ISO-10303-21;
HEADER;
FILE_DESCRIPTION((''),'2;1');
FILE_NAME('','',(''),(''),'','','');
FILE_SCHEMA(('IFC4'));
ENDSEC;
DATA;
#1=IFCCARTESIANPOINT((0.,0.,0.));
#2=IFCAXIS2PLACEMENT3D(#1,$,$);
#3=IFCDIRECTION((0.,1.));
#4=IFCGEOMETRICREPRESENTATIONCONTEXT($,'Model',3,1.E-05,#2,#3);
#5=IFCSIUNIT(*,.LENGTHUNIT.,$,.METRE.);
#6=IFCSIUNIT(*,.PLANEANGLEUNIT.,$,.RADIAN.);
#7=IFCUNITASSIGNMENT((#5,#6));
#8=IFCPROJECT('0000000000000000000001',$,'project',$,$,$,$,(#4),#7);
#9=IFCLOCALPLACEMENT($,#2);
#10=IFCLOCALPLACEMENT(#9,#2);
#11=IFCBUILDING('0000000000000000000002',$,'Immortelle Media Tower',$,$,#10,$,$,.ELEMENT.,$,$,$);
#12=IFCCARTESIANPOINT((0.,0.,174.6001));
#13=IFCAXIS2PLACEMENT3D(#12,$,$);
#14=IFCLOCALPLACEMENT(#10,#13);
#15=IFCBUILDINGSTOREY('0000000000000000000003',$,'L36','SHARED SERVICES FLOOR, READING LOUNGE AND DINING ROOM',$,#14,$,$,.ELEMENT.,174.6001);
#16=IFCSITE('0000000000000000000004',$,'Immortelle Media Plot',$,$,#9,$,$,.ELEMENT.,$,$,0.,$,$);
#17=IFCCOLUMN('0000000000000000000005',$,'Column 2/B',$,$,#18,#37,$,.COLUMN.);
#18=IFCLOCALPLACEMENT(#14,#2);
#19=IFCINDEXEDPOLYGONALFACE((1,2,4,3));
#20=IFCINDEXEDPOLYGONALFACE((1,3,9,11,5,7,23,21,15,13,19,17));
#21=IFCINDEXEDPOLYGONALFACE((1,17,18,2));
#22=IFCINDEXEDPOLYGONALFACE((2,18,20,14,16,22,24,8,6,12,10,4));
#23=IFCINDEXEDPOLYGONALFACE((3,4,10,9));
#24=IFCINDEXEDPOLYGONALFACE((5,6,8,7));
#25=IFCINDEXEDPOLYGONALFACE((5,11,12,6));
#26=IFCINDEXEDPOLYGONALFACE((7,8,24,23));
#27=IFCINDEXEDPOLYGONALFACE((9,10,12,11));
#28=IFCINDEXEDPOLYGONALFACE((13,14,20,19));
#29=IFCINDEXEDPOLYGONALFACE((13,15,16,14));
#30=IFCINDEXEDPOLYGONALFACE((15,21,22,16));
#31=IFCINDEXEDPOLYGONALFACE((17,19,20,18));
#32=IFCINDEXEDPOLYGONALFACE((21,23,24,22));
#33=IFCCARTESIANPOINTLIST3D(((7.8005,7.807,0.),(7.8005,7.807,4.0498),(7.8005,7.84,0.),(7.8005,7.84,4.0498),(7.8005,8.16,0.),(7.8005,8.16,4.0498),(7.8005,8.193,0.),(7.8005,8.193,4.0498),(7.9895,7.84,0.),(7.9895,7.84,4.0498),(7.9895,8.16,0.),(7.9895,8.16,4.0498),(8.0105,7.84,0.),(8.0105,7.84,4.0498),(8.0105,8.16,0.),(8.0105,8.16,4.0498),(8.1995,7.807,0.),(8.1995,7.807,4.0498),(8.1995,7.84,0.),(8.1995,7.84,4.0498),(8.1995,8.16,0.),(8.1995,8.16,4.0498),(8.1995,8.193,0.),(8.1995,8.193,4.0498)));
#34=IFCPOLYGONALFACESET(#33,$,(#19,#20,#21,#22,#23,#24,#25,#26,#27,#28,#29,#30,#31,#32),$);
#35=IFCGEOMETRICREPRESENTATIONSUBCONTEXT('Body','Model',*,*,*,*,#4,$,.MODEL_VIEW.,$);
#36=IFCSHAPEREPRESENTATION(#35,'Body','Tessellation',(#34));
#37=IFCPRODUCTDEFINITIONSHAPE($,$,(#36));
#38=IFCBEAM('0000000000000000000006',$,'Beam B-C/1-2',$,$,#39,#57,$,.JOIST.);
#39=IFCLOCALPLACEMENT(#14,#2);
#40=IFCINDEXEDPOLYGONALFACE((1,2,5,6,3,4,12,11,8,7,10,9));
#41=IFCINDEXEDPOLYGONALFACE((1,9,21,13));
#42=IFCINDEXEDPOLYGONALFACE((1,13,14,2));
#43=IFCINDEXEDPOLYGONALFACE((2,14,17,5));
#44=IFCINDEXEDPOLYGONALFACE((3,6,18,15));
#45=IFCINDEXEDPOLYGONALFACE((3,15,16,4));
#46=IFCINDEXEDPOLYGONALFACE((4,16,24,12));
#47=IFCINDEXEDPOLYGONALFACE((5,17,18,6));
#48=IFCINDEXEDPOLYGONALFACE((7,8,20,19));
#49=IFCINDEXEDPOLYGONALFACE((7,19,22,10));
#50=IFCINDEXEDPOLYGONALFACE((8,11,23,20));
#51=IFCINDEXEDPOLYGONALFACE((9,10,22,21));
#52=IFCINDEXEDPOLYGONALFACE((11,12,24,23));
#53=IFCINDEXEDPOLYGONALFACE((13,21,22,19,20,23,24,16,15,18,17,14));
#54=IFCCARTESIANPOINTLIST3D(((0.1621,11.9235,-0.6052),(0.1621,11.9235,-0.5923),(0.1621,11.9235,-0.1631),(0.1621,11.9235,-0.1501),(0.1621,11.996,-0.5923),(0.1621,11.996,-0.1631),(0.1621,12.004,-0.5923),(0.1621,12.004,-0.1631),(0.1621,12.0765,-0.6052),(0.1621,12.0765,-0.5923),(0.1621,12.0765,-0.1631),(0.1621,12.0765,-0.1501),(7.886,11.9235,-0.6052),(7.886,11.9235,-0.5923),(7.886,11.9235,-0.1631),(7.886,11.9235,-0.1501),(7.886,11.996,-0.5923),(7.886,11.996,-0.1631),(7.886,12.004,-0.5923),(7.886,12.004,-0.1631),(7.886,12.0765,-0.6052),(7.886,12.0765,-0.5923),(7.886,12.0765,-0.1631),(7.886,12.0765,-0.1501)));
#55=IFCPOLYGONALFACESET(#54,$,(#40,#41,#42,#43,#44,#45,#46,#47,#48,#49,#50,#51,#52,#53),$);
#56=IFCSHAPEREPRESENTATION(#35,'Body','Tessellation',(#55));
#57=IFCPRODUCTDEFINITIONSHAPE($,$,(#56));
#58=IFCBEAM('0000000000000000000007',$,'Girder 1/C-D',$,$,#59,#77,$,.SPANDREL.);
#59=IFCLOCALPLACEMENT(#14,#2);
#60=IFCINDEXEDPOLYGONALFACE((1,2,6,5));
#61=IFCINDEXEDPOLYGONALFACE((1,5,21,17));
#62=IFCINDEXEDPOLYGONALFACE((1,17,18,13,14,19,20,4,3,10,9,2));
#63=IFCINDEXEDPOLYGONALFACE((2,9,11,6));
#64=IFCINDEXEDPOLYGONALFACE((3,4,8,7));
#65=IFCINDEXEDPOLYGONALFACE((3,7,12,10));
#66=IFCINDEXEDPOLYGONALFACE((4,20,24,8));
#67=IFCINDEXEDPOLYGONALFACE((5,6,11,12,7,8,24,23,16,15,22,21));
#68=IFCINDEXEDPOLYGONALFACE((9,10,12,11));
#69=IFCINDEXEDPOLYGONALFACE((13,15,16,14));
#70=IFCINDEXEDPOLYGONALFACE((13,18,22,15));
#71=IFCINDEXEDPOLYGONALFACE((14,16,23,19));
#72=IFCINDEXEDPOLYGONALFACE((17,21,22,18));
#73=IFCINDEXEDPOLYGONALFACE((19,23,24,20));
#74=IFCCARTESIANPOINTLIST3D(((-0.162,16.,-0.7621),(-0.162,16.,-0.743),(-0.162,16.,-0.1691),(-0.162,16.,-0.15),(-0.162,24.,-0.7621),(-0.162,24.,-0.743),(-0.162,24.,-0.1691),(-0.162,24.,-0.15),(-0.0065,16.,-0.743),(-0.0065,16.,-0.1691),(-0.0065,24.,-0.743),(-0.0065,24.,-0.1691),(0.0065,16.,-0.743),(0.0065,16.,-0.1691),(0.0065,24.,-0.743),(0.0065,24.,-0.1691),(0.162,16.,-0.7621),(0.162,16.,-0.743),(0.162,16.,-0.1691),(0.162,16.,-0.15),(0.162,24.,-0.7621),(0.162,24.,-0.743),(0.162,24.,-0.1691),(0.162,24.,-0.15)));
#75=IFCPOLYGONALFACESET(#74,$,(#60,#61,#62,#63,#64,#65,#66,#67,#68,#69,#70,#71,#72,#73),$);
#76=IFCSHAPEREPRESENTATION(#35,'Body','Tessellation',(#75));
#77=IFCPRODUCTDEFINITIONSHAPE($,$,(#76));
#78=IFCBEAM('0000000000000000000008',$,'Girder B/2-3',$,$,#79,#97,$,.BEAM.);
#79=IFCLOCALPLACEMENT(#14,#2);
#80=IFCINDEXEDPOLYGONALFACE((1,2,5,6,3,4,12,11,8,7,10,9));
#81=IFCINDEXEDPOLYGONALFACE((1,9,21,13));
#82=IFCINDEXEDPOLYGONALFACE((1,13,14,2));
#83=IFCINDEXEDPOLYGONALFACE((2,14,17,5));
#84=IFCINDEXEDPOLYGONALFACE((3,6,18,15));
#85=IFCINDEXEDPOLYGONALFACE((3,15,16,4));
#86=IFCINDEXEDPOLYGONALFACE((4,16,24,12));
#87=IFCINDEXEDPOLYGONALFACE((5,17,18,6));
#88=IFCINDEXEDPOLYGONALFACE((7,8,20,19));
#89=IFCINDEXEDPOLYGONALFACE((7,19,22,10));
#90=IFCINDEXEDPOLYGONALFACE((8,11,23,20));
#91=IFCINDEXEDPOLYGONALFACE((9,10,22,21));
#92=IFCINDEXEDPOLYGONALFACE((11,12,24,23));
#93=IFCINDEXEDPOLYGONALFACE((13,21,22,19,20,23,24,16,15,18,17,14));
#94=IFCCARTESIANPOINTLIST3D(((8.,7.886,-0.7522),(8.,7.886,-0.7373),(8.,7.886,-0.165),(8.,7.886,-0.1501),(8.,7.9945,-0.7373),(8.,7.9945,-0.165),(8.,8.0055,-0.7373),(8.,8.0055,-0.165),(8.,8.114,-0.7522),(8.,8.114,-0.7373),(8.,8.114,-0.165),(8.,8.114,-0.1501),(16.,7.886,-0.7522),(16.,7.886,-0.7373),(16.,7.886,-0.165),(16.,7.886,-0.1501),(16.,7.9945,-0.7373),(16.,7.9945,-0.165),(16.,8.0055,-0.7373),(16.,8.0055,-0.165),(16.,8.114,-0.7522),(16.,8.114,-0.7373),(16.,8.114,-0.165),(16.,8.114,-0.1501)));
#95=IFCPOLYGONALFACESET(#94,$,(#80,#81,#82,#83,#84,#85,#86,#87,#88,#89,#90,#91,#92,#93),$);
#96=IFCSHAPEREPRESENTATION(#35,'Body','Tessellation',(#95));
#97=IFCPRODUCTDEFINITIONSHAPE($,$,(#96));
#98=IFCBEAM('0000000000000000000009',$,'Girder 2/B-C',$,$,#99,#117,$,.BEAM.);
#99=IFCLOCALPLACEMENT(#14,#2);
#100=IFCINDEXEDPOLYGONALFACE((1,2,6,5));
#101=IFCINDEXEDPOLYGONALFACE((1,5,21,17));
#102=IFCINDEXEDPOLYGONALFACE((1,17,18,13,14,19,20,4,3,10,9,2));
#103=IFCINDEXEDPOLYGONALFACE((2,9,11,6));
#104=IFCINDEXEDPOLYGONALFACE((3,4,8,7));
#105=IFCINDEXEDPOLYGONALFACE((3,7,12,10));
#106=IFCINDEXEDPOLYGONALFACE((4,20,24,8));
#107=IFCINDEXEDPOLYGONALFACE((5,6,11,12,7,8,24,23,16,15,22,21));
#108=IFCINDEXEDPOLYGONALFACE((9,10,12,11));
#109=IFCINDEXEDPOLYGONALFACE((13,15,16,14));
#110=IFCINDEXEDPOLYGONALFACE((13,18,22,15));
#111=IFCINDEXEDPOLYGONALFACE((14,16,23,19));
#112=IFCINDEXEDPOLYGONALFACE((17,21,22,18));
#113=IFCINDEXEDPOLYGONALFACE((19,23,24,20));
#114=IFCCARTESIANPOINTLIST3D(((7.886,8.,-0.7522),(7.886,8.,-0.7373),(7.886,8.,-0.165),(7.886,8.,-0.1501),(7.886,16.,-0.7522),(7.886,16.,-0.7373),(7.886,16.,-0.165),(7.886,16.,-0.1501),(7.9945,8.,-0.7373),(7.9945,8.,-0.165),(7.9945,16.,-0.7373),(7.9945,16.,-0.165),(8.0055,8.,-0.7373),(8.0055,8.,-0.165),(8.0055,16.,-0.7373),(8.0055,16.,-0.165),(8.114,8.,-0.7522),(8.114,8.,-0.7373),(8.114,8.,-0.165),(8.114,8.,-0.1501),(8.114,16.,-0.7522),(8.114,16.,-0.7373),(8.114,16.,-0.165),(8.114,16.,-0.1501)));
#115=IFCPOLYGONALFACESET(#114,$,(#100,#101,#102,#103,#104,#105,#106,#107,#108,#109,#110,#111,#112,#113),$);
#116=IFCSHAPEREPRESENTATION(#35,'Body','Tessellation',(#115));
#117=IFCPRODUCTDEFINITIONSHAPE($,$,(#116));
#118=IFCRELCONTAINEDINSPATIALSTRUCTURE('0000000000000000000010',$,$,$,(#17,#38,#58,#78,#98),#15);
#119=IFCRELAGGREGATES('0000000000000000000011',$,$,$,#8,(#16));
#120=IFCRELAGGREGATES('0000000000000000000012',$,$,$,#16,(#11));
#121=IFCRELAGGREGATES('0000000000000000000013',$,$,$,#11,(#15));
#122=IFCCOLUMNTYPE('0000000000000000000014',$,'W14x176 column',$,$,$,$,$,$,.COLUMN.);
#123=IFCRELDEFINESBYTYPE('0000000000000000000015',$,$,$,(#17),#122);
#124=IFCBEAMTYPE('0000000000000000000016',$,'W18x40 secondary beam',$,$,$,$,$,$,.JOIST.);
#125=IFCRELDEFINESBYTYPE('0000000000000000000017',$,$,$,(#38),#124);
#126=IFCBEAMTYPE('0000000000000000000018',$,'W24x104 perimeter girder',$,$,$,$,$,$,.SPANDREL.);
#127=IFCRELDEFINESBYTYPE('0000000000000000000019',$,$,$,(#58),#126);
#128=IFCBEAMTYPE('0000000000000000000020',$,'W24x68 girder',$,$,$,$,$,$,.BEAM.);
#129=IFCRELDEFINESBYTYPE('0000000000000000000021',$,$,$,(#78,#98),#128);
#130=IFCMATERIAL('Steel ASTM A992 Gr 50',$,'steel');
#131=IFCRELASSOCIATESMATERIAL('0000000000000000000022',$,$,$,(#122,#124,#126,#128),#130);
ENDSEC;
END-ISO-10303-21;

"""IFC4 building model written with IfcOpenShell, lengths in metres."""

from ifc_helpers import new_model, si_unit, direction, frame, origin, origin_2d, place, context, subcontext, project, spatial, i_section, extrude, material, material_profile, profile_set, type_object, element, save


model = new_model("IFC4")

# Units and contexts
model_context = context("Model", 3, precision=1e-05, world=origin(), true_north=direction((0.0, 1.0)))
body_context = subcontext(model_context, "Body", "Model", "MODEL_VIEW")
ifc_project = project(units=[si_unit("LENGTHUNIT", "METRE"), si_unit("PLANEANGLEUNIT", "RADIAN")], contexts=[model_context])

# Site, building, storey
site_placement = place(None, origin())
site = spatial("IfcSite", under=ifc_project, at=site_placement, Name="Immortelle Media Plot", CompositionType="ELEMENT", RefElevation=0.0)
building_placement = place(site_placement, origin())
building = spatial("IfcBuilding", under=site, at=building_placement, Name="Immortelle Media Tower", CompositionType="ELEMENT")
storey_placement = place(building_placement, frame((0.0, 0.0, 174.6001)))
storey = spatial("IfcBuildingStorey", under=building, at=storey_placement, Name="L36", Description="SHARED SERVICES FLOOR, READING LOUNGE AND DINING ROOM", CompositionType="ELEMENT", Elevation=174.6001)

# Column
ifc_material_1 = material(Name="Steel ASTM A992 Gr 50", Category="steel")
ifc_material_profile_1 = material_profile(ifc_material_1, i_section(OverallWidth=0.3989, OverallDepth=0.386, WebThickness=0.021, FlangeThickness=0.033, at=origin_2d()), Name="W14x176")
ifc_profile_set_1 = profile_set([ifc_material_profile_1], Name="Steel ASTM A992 Gr 50")
column_type = type_object("IfcColumnType", Name="W14x176 column", PredefinedType="COLUMN", material=ifc_profile_set_1)
column_placement = place(storey_placement, frame((8.0, 8.0, 0.0), z_axis=(0.0, 0.0, 1.0), x_axis=(1.0, 0.0, 0.0)))
element("IfcColumn", 1, at=column_placement, inside=storey, type_object=column_type, Name="Column 2/B", PredefinedType="COLUMN", context=body_context, shape_type="SweptSolid", body=[
    extrude(i_section(OverallWidth=0.3989, OverallDepth=0.386, WebThickness=0.021, FlangeThickness=0.033, at=origin_2d()), origin(), (0.0, 0.0, 1.0), 4.0498),
])

# Beams
ifc_material_profile_2 = material_profile(ifc_material_1, i_section(OverallWidth=0.1531, OverallDepth=0.4551, WebThickness=0.0081, FlangeThickness=0.0129, at=origin_2d()), Name="W18x40")
ifc_profile_set_2 = profile_set([ifc_material_profile_2], Name="Steel ASTM A992 Gr 50")
beam_type_1 = type_object("IfcBeamType", Name="W18x40 secondary beam", PredefinedType="JOIST", material=ifc_profile_set_2)
beam_1_placement = place(storey_placement, frame((0.1621, 12.0, -0.3777), z_axis=(1.0, 0.0, 0.0), x_axis=(0.0, 1.0, 0.0)))
element("IfcBeam", 2, at=beam_1_placement, inside=storey, type_object=beam_type_1, Name="Beam B-C/1-2", PredefinedType="JOIST", context=body_context, shape_type="SweptSolid", body=[
    extrude(i_section(OverallWidth=0.1531, OverallDepth=0.4551, WebThickness=0.0081, FlangeThickness=0.0129, at=origin_2d()), origin(), (0.0, 0.0, 1.0), 7.7239),
])
ifc_material_profile_3 = material_profile(ifc_material_1, i_section(OverallWidth=0.324, OverallDepth=0.6121, WebThickness=0.0129, FlangeThickness=0.019, at=origin_2d()), Name="W24x104")
ifc_profile_set_3 = profile_set([ifc_material_profile_3], Name="Steel ASTM A992 Gr 50")
beam_type_2 = type_object("IfcBeamType", Name="W24x104 perimeter girder", PredefinedType="SPANDREL", material=ifc_profile_set_3)
beam_2_placement = place(storey_placement, frame((0.0, 16.0, -0.4561), z_axis=(0.0, 1.0, 0.0), x_axis=(-1.0, 0.0, 0.0)))
element("IfcBeam", 3, at=beam_2_placement, inside=storey, type_object=beam_type_2, Name="Girder 1/C-D", PredefinedType="SPANDREL", context=body_context, shape_type="SweptSolid", body=[
    extrude(i_section(OverallWidth=0.324, OverallDepth=0.6121, WebThickness=0.0129, FlangeThickness=0.019, at=origin_2d()), origin(), (0.0, 0.0, 1.0), 8.0),
])
ifc_material_profile_4 = material_profile(ifc_material_1, i_section(OverallWidth=0.228, OverallDepth=0.6021, WebThickness=0.011, FlangeThickness=0.0149, at=origin_2d()), Name="W24x68")
ifc_profile_set_4 = profile_set([ifc_material_profile_4], Name="Steel ASTM A992 Gr 50")
beam_type_3 = type_object("IfcBeamType", Name="W24x68 girder", PredefinedType="BEAM", material=ifc_profile_set_4)
for number, where, z_axis, x_axis, name in (
    (4, (8.0, 8.0, -0.4512), (1.0, 0.0, 0.0), (0.0, 1.0, 0.0), "Girder B/2-3"),
    (5, (8.0, 8.0, -0.4512), (0.0, 1.0, 0.0), (-1.0, 0.0, 0.0), "Girder 2/B-C"),
):
    element("IfcBeam", number, at=place(storey_placement, frame(where, z_axis=z_axis, x_axis=x_axis)), inside=storey, type_object=beam_type_3, Name=name, PredefinedType="BEAM", context=body_context, shape_type="SweptSolid", body=[
        extrude(i_section(OverallWidth=0.228, OverallDepth=0.6021, WebThickness=0.011, FlangeThickness=0.0149, at=origin_2d()), origin(), (0.0, 0.0, 1.0), 8.0),
    ])

save(model, "model.ifc")
